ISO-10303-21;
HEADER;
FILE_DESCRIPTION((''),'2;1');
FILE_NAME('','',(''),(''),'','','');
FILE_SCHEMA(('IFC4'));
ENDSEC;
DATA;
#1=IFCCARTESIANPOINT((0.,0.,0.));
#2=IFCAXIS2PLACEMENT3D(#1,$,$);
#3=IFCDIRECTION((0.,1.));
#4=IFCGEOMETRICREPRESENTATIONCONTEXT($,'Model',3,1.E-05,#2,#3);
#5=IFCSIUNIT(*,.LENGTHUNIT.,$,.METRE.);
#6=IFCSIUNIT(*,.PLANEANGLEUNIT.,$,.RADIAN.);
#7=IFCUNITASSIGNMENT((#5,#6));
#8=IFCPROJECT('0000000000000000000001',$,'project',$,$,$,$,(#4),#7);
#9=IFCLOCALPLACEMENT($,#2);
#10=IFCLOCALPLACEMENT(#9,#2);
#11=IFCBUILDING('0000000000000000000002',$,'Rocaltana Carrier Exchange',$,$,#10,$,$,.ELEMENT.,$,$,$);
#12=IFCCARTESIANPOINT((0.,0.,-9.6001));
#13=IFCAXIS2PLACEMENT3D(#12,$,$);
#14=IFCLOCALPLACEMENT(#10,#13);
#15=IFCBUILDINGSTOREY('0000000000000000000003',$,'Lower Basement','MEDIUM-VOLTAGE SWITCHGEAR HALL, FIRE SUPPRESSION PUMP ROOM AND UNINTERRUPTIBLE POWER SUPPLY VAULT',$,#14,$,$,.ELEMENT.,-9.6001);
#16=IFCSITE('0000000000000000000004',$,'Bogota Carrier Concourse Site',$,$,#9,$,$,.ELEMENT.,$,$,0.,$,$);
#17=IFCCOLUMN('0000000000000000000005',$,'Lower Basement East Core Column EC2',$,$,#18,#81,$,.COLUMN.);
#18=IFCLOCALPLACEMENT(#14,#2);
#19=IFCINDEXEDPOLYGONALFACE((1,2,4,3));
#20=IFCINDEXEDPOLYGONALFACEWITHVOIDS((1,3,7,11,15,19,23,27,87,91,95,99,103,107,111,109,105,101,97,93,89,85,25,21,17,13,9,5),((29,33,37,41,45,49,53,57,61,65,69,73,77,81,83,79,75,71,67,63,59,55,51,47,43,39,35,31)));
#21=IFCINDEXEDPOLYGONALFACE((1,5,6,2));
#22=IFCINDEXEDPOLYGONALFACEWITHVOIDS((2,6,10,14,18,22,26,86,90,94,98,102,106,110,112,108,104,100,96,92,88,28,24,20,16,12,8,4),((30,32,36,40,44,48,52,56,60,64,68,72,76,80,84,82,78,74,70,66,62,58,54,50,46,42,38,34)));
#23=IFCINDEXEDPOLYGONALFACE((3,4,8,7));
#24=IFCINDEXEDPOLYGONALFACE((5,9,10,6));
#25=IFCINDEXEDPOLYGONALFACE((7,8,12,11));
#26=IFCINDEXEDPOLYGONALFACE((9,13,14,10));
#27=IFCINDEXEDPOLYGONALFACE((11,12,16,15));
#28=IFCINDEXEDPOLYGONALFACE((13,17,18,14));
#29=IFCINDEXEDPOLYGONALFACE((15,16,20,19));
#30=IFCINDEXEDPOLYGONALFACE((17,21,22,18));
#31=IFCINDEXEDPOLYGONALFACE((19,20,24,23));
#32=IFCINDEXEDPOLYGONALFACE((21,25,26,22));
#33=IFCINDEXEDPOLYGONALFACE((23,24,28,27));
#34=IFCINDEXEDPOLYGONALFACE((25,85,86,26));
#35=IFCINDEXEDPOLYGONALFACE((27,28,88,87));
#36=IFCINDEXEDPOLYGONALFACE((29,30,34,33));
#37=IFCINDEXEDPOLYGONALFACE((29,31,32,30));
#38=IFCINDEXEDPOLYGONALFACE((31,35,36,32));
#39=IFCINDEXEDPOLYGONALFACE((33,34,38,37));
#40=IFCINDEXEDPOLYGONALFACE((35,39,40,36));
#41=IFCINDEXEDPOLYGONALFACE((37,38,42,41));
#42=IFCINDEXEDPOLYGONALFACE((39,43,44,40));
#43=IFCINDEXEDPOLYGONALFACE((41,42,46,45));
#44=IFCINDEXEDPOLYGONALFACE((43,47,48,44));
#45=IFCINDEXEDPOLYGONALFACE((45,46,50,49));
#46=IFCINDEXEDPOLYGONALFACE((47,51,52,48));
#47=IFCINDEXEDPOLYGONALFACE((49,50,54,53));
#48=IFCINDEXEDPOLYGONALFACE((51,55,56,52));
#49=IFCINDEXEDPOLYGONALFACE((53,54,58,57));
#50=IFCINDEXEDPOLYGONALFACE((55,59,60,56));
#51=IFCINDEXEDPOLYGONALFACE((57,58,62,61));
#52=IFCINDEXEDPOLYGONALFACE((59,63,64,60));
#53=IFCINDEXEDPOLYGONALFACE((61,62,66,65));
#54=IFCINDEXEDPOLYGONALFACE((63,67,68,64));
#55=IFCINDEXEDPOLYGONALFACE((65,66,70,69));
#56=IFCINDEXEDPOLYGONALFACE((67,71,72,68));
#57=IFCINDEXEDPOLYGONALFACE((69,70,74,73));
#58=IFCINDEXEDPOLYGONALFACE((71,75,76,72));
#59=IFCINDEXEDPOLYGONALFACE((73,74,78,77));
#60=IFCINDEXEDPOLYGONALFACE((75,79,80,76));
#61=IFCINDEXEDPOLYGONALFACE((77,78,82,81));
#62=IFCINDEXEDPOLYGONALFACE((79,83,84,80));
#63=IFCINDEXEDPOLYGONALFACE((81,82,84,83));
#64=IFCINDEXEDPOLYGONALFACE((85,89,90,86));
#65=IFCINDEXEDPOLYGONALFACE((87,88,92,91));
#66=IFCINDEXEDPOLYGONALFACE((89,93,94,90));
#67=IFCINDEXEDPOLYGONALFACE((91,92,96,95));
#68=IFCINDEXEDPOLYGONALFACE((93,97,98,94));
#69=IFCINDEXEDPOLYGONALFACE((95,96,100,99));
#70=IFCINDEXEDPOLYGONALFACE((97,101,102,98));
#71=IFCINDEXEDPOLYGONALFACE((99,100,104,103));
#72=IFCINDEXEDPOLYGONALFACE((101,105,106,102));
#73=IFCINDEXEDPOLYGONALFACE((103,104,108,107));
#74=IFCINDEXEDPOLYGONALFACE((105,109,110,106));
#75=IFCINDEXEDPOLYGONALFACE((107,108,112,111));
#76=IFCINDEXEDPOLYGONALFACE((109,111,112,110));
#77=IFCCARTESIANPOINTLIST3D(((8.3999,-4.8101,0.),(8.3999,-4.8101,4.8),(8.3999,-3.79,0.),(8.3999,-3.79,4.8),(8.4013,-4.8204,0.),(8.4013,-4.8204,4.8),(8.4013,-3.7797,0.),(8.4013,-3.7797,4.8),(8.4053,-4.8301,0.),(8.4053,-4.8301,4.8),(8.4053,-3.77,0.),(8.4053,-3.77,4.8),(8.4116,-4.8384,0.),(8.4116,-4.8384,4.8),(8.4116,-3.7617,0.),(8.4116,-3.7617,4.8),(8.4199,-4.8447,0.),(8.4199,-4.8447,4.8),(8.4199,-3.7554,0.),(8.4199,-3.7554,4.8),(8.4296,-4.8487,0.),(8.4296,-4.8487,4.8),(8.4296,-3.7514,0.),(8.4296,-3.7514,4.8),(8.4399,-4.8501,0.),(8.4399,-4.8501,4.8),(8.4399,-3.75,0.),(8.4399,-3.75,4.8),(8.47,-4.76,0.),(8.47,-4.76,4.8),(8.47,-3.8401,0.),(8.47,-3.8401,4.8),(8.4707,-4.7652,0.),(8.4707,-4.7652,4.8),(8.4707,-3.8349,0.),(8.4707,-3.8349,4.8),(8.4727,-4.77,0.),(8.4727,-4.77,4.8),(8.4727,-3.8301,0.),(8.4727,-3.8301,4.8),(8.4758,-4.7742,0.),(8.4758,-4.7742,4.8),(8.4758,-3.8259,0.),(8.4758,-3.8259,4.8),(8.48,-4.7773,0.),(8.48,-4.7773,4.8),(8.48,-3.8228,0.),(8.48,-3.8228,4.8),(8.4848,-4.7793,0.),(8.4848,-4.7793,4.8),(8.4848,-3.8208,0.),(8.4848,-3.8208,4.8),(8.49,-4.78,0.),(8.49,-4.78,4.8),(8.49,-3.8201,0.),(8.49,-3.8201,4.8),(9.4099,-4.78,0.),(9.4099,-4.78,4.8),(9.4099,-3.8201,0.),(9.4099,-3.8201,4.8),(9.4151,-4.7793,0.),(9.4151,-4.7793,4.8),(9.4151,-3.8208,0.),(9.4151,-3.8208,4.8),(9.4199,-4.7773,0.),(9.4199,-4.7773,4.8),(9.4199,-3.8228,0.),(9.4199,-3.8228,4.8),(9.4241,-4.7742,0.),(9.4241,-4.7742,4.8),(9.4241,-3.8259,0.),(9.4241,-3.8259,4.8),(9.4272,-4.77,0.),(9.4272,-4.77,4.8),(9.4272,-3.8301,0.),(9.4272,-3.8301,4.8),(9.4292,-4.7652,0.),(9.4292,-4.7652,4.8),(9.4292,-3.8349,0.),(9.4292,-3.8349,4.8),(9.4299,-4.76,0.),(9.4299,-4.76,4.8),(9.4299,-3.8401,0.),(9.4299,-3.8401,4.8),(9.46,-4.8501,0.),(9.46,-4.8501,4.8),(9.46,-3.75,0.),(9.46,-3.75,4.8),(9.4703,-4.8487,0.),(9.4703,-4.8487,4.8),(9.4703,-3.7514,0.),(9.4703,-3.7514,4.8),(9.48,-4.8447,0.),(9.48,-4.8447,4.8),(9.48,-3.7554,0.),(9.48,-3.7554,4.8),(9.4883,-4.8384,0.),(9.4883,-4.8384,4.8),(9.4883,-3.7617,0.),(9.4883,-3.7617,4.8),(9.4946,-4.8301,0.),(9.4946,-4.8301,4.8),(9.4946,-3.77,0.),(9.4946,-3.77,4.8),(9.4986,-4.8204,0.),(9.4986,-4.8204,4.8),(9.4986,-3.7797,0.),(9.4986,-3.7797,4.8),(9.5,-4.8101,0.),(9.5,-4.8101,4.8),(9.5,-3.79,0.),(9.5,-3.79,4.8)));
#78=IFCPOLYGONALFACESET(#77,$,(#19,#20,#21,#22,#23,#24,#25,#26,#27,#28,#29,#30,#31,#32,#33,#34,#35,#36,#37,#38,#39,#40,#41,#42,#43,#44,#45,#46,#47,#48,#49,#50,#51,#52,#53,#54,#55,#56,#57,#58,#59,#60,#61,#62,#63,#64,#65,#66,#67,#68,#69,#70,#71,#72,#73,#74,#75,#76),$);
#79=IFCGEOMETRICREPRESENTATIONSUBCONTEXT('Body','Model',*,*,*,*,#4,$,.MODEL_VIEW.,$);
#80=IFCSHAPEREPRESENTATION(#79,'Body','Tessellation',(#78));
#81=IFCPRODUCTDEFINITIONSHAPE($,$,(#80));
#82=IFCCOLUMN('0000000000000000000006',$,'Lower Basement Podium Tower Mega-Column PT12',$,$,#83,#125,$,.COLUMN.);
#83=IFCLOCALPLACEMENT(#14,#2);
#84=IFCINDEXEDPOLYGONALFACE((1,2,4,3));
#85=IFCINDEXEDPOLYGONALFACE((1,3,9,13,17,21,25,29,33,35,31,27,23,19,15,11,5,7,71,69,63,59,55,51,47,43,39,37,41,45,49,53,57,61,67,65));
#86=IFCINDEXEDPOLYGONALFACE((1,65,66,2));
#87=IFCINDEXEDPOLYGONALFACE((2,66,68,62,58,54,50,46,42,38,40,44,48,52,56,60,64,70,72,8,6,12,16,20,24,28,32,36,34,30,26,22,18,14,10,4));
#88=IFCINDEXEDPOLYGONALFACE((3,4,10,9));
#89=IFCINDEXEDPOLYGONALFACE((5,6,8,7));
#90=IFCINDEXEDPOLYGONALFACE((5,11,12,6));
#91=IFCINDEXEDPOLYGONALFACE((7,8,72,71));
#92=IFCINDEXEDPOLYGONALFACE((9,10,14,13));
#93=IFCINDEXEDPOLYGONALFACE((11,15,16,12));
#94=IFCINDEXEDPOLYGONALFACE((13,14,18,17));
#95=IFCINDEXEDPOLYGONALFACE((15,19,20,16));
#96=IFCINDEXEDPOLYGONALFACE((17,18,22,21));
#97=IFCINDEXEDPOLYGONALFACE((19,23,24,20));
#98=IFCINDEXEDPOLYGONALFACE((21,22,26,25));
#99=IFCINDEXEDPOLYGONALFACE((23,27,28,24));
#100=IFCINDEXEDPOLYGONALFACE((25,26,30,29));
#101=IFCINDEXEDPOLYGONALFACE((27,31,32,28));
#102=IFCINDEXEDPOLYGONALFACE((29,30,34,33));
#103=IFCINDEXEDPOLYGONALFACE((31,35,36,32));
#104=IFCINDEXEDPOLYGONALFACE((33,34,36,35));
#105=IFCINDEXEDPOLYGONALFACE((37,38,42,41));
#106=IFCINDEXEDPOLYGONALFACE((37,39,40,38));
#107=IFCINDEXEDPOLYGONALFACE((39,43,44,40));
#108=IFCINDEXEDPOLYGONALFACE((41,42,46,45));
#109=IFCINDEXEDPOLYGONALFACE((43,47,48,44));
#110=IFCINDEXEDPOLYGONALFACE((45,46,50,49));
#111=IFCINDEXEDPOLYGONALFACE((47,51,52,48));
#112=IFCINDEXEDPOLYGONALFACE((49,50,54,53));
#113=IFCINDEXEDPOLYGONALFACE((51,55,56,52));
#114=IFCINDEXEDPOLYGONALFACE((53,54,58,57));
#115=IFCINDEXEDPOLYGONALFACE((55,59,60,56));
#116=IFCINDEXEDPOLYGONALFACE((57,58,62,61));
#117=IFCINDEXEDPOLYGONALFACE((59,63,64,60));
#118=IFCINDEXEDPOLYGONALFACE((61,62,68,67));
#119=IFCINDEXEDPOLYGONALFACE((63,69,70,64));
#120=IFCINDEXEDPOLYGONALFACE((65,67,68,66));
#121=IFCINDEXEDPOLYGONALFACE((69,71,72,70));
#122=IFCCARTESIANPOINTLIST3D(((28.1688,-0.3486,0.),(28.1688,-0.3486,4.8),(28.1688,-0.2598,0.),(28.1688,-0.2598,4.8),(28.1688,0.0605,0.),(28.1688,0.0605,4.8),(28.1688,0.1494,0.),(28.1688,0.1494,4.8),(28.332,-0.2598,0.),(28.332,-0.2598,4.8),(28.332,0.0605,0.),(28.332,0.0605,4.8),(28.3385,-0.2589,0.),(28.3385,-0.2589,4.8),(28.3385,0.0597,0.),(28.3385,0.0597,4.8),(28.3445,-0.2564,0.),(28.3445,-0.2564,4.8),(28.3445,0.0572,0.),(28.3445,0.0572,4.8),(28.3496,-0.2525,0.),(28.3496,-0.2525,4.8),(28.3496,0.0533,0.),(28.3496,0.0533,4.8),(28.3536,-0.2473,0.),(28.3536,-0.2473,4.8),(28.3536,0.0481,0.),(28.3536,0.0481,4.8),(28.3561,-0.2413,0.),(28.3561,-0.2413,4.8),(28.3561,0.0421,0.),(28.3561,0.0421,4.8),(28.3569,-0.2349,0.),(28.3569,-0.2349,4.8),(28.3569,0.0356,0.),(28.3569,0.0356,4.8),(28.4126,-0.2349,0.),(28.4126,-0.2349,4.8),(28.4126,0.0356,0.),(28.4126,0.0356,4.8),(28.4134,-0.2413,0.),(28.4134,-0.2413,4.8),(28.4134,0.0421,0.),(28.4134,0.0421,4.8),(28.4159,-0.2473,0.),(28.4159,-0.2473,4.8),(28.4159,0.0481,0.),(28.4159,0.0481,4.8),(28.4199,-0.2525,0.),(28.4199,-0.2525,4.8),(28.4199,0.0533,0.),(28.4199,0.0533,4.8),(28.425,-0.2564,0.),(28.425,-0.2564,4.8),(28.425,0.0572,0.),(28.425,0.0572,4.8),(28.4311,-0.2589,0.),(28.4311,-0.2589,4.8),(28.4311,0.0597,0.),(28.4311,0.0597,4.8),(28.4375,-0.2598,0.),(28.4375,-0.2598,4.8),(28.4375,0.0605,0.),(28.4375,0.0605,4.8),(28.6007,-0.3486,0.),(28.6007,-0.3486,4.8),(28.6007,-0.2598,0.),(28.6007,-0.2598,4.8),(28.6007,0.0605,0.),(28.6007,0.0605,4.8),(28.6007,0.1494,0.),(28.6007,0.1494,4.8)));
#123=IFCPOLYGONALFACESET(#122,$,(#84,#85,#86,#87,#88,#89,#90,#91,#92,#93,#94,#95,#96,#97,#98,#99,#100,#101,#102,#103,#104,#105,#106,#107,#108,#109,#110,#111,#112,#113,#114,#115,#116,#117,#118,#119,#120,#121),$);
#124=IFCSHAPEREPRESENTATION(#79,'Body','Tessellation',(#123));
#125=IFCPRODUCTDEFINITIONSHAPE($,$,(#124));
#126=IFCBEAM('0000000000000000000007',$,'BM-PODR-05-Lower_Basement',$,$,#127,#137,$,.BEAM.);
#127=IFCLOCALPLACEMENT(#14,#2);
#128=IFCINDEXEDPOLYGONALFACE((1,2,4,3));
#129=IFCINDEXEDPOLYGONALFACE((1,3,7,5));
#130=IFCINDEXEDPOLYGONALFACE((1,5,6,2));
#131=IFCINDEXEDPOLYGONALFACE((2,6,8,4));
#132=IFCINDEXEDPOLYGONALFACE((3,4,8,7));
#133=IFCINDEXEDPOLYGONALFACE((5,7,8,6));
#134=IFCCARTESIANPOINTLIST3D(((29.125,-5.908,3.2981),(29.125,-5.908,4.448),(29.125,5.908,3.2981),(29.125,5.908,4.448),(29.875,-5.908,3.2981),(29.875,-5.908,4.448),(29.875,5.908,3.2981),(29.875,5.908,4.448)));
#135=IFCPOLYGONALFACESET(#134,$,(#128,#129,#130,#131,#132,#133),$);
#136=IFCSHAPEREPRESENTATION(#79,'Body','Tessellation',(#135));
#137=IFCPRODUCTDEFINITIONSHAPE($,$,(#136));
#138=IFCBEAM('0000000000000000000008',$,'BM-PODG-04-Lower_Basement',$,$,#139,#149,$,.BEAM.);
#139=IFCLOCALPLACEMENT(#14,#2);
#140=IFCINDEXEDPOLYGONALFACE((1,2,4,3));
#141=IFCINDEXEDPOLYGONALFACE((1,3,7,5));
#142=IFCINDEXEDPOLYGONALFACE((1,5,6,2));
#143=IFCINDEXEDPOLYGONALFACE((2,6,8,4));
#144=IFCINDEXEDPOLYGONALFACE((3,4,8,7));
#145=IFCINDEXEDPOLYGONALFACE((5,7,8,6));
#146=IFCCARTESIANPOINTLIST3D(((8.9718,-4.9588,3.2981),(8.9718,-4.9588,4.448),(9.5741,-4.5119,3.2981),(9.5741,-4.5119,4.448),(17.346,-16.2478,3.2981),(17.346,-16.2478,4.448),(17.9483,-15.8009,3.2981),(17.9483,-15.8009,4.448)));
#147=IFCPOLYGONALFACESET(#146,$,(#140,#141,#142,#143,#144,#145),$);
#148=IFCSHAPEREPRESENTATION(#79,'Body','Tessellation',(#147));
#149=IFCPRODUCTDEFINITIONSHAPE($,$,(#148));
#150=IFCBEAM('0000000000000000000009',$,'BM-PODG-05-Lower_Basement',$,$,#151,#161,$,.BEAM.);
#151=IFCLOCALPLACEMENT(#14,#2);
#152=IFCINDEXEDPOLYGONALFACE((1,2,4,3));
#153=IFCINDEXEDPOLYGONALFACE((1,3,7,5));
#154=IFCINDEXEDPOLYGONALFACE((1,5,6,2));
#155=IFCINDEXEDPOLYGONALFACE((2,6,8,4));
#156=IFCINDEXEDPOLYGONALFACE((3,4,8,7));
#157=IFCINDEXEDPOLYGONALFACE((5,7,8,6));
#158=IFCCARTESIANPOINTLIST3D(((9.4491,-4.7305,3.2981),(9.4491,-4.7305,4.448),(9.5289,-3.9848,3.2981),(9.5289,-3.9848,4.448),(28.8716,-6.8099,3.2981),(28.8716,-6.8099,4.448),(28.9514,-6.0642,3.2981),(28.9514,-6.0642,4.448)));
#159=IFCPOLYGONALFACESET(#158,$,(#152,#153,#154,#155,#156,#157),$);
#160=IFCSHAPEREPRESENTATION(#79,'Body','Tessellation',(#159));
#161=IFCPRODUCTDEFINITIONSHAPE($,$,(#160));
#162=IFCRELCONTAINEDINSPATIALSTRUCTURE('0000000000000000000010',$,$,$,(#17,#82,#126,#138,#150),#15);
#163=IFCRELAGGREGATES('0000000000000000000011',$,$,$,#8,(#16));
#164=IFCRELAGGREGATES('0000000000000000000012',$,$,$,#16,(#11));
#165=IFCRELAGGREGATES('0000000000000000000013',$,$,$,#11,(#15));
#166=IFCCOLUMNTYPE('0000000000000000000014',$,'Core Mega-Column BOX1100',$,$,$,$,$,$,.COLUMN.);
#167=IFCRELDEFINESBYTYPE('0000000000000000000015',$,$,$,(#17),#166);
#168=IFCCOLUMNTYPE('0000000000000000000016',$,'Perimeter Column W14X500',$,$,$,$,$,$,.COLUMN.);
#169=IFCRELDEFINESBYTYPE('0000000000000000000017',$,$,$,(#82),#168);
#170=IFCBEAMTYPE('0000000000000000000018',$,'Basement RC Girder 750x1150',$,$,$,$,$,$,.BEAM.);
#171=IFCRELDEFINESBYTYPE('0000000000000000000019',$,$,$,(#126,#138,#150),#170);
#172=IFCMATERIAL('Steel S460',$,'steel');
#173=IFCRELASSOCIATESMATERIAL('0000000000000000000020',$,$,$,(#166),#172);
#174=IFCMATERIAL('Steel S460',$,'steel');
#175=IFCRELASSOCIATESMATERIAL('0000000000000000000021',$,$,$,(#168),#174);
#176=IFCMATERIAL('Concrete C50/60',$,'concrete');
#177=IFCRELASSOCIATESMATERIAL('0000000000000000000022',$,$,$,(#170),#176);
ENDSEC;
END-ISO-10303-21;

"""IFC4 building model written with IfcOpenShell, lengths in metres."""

from ifc_helpers import new_model, si_unit, direction, frame, origin, origin_2d, place, context, subcontext, project, spatial, rectangle, hollow_rectangle, i_section, extrude, material, material_profile, profile_set, type_object, element, save


model = new_model("IFC4")

# Units and contexts
model_context = context("Model", 3, precision=1e-05, world=origin(), true_north=direction((0.0, 1.0)))
body_context = subcontext(model_context, "Body", "Model", "MODEL_VIEW")
ifc_project = project(units=[si_unit("LENGTHUNIT", "METRE"), si_unit("PLANEANGLEUNIT", "RADIAN")], contexts=[model_context])

# Site, building, storey
site_placement = place(None, origin())
site = spatial("IfcSite", under=ifc_project, at=site_placement, Name="Bogota Carrier Concourse Site", CompositionType="ELEMENT", RefElevation=0.0)
building_placement = place(site_placement, origin())
building = spatial("IfcBuilding", under=site, at=building_placement, Name="Rocaltana Carrier Exchange", CompositionType="ELEMENT")
storey_placement = place(building_placement, frame((0.0, 0.0, -9.6001)))
storey = spatial("IfcBuildingStorey", under=building, at=storey_placement, Name="Lower Basement", Description="MEDIUM-VOLTAGE SWITCHGEAR HALL, FIRE SUPPRESSION PUMP ROOM AND UNINTERRUPTIBLE POWER SUPPLY VAULT", CompositionType="ELEMENT", Elevation=-9.6001)

# Columns
ifc_material_1 = material(Name="Steel S460", Category="steel")
ifc_material_profile_1 = material_profile(ifc_material_1, hollow_rectangle(XDim=1.1001, YDim=1.1001, WallThickness=0.0701, InnerFilletRadius=0.02, OuterFilletRadius=0.04, at=origin_2d()), Name="BOX1100X1100X70")
ifc_profile_set_1 = profile_set([ifc_material_profile_1], Name="Steel S460")
column_type_1 = type_object("IfcColumnType", Name="Core Mega-Column BOX1100", PredefinedType="COLUMN", material=ifc_profile_set_1)
column_1_placement = place(storey_placement, frame((8.95, -4.3, 0.0), z_axis=(0.0, 0.0, 1.0), x_axis=(1.0, 0.0, 0.0)))
element("IfcColumn", 1, at=column_1_placement, inside=storey, type_object=column_type_1, Name="Lower Basement East Core Column EC2", PredefinedType="COLUMN", context=body_context, shape_type="SweptSolid", body=[
    extrude(hollow_rectangle(XDim=1.1001, YDim=1.1001, WallThickness=0.0701, InnerFilletRadius=0.02, OuterFilletRadius=0.04, at=origin_2d()), origin(), (0.0, 0.0, 1.0), 4.8),
])
ifc_material_2 = material(Name="Steel S460", Category="steel")
ifc_material_profile_2 = material_profile(ifc_material_2, i_section(OverallWidth=0.4319, OverallDepth=0.498, WebThickness=0.0557, FlangeThickness=0.0889, FilletRadius=0.0249, at=origin_2d()), Name="W14X500")
ifc_profile_set_2 = profile_set([ifc_material_profile_2], Name="Steel S460")
column_type_2 = type_object("IfcColumnType", Name="Perimeter Column W14X500", PredefinedType="COLUMN", material=ifc_profile_set_2)
column_2_placement = place(storey_placement, frame((28.3848, -0.0996, 0.0), z_axis=(0.0, 0.0, 1.0), x_axis=(1.0, 0.0, 0.0)))
element("IfcColumn", 2, at=column_2_placement, inside=storey, type_object=column_type_2, Name="Lower Basement Podium Tower Mega-Column PT12", PredefinedType="COLUMN", context=body_context, shape_type="SweptSolid", body=[
    extrude(i_section(OverallWidth=0.4319, OverallDepth=0.498, WebThickness=0.0557, FlangeThickness=0.0889, FilletRadius=0.0249, at=origin_2d()), origin(), (0.0, 0.0, 1.0), 4.8),
])

# Beams
ifc_material_3 = material(Name="Concrete C50/60", Category="concrete")
ifc_material_profile_3 = material_profile(ifc_material_3, rectangle(XDim=0.75, YDim=1.1499, at=origin_2d()), Name="RC-BM-750X1150")
ifc_profile_set_3 = profile_set([ifc_material_profile_3], Name="Concrete C50/60")
beam_type_1 = type_object("IfcBeamType", Name="Basement RC Girder 750x1150", PredefinedType="BEAM", material=ifc_profile_set_3)
beam_1_placement = place(storey_placement, frame((29.5, -5.908, 3.873), z_axis=(0.0, 1.0, 0.0), x_axis=(-1.0, 0.0, 0.0)))
element("IfcBeam", 3, at=beam_1_placement, inside=storey, type_object=beam_type_1, Name="BM-PODR-05-Lower_Basement", PredefinedType="BEAM", context=body_context, shape_type="SweptSolid", body=[
    extrude(rectangle(XDim=0.75, YDim=1.1499, at=origin_2d()), origin(), (0.0, 0.0, 1.0), 11.8159),
])
beam_2_placement = place(storey_placement, frame((9.2729, -4.7354, 3.873), z_axis=(0.595779, -0.803149, 0.0), x_axis=(0.803149, 0.595779, 0.0)))
element("IfcBeam", 4, at=beam_2_placement, inside=storey, type_object=beam_type_1, Name="BM-PODG-04-Lower_Basement", PredefinedType="BEAM", context=body_context, shape_type="SweptSolid", body=[
    extrude(rectangle(XDim=0.75, YDim=1.1499, at=origin_2d()), origin(), (0.0, 0.0, 1.0), 14.0559),
])
beam_3_placement = place(storey_placement, frame((9.489, -4.3577, 3.873), z_axis=(0.994318, -0.106451, 0.0), x_axis=(0.106451, 0.994318, 0.0)))
element("IfcBeam", 5, at=beam_3_placement, inside=storey, type_object=beam_type_1, Name="BM-PODG-05-Lower_Basement", PredefinedType="BEAM", context=body_context, shape_type="SweptSolid", body=[
    extrude(rectangle(XDim=0.75, YDim=1.1499, at=origin_2d()), origin(), (0.0, 0.0, 1.0), 19.5334),
])

save(model, "model.ifc")
